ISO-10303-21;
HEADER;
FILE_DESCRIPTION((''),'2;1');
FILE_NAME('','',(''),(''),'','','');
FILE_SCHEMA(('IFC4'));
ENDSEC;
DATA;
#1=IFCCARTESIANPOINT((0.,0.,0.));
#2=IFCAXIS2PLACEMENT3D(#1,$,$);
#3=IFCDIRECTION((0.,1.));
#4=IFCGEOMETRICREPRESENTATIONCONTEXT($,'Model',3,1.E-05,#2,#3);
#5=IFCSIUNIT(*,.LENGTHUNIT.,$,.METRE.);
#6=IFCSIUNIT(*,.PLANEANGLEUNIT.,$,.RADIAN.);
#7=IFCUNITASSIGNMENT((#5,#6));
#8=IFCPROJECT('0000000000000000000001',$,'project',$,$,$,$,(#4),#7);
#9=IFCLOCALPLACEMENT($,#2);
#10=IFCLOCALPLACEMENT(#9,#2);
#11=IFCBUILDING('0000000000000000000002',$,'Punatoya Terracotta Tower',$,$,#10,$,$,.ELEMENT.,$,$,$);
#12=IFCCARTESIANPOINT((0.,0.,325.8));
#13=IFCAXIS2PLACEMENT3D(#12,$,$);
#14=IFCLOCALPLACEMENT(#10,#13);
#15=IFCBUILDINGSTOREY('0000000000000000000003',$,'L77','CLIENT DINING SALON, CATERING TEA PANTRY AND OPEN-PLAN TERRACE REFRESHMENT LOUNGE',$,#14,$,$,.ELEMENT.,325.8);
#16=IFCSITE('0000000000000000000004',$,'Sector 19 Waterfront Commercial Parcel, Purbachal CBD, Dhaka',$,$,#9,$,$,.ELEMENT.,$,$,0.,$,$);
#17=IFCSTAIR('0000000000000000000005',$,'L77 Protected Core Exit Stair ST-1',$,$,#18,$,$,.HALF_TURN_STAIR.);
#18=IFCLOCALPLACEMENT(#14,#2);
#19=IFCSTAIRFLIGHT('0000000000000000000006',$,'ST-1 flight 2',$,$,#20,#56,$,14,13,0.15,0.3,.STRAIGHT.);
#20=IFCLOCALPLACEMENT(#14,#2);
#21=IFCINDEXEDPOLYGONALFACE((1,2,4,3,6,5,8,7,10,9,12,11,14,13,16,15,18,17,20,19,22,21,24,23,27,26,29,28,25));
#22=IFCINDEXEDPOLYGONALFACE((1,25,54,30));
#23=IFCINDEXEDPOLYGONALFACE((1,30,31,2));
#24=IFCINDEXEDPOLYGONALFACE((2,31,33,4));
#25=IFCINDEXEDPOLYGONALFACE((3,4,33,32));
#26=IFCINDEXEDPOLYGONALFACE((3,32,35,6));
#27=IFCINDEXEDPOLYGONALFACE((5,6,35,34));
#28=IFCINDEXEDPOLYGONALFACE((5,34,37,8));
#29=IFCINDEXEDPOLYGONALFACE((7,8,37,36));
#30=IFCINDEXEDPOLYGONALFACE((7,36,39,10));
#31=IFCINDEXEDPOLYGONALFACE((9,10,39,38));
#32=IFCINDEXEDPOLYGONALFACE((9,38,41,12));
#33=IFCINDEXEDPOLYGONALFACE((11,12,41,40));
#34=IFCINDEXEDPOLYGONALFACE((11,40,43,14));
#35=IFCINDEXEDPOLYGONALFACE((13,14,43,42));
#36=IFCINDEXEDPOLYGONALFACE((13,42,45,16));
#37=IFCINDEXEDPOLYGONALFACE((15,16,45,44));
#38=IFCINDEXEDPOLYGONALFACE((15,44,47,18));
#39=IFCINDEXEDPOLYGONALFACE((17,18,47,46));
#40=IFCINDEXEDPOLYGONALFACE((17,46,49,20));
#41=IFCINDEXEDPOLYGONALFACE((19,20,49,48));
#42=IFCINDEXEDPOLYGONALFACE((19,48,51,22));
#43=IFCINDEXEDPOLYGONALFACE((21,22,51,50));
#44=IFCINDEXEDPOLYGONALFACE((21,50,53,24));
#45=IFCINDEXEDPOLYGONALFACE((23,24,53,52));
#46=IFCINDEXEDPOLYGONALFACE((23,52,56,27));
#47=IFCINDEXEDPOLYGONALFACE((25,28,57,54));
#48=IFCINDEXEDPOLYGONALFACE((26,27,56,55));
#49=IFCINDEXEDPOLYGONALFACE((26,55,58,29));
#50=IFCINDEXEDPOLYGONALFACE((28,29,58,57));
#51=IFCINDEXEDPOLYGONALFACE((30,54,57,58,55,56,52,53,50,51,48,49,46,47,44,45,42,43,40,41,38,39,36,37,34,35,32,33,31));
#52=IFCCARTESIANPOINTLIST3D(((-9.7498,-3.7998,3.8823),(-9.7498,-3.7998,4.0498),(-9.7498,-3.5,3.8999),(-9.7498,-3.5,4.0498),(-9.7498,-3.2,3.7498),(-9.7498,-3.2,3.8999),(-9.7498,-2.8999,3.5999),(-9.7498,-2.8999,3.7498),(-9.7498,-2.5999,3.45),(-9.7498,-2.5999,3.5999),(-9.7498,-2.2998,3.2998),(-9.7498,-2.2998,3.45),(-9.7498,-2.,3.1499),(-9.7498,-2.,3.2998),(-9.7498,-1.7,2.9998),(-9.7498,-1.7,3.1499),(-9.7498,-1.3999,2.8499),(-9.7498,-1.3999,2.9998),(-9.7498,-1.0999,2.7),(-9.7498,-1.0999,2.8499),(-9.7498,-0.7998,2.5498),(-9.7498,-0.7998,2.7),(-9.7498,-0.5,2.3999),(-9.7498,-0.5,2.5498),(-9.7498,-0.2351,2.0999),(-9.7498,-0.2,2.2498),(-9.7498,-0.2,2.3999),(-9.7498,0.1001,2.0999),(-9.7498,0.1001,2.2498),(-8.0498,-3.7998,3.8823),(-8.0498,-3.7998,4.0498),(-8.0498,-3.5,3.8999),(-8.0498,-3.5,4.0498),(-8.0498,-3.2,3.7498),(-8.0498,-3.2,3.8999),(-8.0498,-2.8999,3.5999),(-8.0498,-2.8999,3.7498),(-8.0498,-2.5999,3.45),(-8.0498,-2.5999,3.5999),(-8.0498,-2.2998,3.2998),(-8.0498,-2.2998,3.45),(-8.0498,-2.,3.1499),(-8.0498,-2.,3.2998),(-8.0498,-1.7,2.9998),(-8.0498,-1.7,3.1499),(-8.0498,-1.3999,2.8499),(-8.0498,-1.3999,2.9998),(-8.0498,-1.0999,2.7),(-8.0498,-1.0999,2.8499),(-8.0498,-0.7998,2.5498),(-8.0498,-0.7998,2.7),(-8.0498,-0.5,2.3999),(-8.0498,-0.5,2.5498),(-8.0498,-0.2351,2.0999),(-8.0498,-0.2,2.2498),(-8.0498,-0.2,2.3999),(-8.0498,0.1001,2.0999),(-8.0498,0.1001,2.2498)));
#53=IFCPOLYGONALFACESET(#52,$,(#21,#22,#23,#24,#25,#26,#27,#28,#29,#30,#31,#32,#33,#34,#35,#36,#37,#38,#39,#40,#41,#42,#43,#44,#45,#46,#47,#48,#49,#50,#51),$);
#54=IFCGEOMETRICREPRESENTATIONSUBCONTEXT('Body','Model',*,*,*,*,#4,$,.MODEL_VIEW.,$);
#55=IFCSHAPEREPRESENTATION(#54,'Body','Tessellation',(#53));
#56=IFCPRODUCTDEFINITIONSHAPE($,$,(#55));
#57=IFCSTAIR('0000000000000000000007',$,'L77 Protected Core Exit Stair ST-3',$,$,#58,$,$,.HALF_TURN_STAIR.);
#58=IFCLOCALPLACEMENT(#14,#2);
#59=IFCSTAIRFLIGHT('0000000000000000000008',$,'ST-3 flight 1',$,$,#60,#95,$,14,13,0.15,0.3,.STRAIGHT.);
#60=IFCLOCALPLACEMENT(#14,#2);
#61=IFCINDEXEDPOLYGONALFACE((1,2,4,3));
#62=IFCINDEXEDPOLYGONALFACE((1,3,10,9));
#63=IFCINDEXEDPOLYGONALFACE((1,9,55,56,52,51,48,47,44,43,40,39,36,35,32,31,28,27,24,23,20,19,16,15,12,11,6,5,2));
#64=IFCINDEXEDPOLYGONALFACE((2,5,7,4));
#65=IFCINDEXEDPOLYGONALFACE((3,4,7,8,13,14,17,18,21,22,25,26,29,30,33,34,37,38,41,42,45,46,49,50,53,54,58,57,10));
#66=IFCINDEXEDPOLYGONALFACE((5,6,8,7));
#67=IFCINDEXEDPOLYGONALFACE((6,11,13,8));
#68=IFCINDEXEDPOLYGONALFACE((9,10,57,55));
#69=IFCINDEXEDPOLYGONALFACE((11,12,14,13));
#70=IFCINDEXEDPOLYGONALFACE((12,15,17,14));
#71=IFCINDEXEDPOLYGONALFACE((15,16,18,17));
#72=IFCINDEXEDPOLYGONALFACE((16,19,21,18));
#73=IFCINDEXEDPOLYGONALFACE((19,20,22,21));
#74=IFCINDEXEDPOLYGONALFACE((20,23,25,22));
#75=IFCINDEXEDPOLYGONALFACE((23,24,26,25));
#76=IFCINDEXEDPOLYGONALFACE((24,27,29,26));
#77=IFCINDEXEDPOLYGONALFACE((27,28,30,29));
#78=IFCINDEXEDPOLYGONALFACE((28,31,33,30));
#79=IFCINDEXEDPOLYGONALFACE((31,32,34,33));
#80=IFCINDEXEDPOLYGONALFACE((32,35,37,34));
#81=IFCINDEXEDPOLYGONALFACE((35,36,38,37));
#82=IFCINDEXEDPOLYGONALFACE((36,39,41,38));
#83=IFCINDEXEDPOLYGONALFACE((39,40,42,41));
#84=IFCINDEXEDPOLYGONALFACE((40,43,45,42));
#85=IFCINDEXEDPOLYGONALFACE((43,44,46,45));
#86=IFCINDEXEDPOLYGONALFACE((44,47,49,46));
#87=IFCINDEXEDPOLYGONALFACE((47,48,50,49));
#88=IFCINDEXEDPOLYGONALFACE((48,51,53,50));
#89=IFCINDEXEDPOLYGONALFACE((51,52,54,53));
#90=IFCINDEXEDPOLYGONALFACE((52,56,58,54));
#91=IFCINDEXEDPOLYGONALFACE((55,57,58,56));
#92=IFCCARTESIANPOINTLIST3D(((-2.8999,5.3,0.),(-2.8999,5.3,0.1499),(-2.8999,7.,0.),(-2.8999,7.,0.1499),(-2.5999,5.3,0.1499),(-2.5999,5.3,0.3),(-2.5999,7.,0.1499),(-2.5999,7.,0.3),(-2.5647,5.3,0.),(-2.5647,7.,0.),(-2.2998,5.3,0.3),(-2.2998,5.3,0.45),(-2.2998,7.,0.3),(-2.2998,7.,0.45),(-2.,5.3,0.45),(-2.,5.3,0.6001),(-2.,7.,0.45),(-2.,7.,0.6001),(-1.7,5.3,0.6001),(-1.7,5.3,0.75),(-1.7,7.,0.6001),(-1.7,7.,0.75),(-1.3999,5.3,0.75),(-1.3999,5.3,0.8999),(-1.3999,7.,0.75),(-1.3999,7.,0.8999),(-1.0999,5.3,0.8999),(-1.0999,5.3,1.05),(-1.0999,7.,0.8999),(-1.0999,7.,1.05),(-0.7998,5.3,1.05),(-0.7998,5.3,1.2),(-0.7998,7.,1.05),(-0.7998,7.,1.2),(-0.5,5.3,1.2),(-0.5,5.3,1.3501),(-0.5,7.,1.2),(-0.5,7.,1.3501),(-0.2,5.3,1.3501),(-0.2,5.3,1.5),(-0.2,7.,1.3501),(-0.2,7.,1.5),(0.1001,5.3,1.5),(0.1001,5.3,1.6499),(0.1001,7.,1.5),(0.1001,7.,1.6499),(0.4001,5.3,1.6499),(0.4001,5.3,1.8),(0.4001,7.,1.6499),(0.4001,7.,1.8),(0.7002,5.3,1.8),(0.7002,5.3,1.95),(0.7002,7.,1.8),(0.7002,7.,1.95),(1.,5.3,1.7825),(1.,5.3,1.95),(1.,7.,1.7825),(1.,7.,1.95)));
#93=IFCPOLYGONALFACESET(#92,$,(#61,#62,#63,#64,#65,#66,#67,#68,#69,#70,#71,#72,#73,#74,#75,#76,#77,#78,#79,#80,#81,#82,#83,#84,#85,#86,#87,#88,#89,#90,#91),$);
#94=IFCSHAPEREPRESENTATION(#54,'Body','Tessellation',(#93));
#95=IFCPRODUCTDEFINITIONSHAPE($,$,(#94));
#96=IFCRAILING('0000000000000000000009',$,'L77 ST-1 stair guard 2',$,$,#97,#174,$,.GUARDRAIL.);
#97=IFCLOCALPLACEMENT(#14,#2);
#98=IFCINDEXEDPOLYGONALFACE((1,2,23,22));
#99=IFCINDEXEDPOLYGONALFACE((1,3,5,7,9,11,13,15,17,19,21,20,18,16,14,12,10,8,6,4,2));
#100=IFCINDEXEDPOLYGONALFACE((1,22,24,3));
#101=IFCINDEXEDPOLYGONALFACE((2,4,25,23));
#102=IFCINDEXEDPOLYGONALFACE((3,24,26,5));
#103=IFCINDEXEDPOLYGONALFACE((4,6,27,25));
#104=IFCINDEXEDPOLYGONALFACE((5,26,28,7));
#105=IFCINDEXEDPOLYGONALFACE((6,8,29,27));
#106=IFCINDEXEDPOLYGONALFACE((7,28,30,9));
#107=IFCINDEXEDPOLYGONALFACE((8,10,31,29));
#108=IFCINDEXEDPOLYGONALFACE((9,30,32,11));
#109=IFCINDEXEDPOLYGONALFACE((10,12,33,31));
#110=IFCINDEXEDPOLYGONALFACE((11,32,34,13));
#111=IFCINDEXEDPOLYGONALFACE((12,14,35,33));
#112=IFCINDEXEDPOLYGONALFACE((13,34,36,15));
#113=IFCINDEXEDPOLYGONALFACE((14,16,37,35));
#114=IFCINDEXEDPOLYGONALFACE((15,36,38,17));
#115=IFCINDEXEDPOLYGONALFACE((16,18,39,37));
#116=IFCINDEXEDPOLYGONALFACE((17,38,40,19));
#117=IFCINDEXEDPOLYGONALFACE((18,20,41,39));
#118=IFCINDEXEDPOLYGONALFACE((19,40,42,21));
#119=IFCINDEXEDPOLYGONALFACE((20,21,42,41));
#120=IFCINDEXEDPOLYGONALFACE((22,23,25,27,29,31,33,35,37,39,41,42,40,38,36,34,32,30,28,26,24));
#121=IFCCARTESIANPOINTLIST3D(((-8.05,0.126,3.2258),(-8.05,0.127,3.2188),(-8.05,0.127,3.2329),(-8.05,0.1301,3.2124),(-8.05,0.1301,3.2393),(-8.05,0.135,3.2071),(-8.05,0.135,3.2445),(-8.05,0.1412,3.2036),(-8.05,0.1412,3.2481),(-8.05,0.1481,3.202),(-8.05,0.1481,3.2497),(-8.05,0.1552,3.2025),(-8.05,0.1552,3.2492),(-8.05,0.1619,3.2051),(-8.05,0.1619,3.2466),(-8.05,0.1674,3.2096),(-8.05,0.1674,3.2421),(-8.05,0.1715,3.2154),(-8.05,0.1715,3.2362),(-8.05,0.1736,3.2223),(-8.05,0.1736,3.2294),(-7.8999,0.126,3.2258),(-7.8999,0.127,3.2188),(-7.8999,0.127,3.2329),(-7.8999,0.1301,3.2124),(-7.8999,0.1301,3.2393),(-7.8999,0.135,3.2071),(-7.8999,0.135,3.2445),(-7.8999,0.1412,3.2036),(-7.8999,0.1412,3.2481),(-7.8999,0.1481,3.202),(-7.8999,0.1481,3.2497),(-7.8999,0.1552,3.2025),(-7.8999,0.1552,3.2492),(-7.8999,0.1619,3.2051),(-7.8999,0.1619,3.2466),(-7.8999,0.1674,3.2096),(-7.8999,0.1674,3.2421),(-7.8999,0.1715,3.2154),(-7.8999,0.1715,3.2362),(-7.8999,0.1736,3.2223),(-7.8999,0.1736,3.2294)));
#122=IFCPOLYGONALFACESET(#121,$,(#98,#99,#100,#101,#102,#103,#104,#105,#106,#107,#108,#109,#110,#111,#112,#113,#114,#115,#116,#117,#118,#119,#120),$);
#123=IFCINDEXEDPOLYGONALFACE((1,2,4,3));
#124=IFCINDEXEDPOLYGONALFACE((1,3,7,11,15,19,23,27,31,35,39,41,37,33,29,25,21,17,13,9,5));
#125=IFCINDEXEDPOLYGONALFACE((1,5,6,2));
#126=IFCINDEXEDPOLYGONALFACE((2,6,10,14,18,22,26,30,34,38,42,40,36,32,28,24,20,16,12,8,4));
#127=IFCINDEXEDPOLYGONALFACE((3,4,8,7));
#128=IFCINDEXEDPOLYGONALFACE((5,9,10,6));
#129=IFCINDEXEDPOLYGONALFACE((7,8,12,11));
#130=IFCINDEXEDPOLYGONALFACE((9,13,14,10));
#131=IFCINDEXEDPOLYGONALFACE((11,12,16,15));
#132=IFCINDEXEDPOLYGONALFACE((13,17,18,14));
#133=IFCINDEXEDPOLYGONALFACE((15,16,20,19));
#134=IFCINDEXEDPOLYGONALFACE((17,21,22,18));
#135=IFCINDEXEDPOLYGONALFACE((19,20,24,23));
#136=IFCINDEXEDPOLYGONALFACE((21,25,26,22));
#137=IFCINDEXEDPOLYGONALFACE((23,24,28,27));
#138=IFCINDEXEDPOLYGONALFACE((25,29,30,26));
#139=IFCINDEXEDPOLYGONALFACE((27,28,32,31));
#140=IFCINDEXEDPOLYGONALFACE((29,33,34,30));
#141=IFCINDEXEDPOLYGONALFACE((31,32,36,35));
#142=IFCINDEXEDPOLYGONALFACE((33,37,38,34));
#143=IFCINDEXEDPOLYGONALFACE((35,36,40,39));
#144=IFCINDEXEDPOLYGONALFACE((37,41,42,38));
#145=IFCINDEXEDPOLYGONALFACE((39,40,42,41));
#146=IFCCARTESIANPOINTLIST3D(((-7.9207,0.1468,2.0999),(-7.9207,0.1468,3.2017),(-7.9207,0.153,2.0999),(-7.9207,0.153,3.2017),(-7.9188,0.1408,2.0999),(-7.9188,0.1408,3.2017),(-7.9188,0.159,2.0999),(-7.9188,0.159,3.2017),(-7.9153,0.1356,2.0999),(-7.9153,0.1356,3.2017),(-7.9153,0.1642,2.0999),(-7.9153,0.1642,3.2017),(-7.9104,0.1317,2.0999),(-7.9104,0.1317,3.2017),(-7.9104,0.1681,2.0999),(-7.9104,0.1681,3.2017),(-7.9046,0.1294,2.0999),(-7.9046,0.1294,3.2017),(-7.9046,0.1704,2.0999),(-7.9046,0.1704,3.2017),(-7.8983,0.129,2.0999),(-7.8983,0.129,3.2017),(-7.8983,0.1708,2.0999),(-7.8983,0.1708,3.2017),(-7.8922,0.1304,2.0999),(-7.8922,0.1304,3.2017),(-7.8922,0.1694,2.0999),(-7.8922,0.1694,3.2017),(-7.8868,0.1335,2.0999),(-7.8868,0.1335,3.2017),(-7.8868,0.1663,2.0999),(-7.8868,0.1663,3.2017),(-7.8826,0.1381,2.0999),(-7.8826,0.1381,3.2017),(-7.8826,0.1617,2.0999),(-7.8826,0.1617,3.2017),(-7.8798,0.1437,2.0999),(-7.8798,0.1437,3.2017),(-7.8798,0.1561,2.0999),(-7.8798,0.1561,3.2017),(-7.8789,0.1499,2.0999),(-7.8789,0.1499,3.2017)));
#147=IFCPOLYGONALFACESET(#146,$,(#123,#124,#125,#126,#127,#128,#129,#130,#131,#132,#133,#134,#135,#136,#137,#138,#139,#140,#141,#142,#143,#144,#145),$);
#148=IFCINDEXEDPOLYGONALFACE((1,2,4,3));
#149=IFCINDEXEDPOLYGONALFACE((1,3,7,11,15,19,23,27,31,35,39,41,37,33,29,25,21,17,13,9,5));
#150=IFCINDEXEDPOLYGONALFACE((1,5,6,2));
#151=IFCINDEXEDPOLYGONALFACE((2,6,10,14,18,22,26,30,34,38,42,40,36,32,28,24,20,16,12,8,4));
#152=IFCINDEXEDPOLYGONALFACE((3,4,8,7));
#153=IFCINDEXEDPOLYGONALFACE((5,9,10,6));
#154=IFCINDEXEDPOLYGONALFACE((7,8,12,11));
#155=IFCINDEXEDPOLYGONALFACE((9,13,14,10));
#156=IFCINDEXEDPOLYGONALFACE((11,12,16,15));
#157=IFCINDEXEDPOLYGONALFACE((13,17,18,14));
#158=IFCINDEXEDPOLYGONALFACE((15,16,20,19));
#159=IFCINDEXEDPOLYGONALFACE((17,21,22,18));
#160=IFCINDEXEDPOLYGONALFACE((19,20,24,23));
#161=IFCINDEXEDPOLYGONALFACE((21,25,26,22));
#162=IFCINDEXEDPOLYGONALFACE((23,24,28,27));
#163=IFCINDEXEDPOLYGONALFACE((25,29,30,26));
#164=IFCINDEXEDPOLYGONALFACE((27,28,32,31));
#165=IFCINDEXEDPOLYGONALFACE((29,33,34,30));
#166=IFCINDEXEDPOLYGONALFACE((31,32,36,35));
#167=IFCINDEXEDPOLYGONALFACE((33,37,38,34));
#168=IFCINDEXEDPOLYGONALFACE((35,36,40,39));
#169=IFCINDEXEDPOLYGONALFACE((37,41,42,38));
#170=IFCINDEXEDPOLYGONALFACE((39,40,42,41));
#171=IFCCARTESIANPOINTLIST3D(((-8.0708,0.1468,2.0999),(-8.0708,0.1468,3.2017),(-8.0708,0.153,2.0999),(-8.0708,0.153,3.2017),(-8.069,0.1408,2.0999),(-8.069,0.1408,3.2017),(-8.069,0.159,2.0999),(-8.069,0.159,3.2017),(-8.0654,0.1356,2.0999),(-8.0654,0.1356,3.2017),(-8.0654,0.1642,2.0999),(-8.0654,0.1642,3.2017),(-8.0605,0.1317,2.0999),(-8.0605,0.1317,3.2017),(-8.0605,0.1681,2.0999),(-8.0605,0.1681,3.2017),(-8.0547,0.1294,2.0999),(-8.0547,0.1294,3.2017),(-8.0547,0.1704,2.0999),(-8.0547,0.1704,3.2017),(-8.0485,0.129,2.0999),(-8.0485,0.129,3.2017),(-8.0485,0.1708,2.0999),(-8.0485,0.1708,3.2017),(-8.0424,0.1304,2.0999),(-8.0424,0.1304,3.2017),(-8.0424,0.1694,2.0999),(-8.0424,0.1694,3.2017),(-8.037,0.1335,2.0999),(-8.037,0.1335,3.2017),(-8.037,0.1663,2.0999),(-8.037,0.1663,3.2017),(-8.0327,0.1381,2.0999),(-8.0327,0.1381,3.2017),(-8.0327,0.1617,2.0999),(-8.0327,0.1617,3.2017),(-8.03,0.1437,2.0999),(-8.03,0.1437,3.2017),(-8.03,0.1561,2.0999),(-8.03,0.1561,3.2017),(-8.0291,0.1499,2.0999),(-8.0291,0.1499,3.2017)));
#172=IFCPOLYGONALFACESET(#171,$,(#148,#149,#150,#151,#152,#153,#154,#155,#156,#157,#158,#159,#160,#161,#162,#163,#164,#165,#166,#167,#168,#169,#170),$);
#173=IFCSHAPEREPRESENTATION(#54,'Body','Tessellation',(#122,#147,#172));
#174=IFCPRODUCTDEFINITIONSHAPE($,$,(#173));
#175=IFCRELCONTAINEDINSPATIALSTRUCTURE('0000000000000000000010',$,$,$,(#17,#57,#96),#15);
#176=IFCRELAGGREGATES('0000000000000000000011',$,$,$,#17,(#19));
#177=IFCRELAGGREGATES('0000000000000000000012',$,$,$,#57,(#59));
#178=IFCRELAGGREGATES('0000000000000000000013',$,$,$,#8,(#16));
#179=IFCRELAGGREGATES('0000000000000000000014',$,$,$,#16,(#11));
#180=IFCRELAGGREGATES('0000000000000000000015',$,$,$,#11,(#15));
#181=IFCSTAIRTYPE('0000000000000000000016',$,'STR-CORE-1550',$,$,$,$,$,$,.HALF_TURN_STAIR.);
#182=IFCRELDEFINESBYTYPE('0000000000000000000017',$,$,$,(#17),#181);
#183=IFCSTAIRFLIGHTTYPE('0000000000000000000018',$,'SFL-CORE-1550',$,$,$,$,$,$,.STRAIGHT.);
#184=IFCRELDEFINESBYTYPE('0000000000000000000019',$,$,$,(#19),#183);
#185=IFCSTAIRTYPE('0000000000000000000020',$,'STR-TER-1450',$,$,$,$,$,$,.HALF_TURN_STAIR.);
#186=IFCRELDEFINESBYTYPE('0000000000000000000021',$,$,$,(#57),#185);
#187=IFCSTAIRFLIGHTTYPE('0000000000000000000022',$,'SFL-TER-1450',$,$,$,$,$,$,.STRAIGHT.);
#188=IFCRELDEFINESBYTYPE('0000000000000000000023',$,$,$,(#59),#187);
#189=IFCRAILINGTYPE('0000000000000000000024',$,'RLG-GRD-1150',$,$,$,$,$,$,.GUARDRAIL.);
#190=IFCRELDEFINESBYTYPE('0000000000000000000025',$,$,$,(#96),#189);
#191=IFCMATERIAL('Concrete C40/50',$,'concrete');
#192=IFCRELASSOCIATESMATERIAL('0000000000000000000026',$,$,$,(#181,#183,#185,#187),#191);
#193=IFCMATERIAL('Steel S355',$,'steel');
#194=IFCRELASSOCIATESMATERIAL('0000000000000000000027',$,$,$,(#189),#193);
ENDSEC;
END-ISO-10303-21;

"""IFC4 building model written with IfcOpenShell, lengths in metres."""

from ifc_helpers import new_model, si_unit, direction, frame, origin, origin_2d, place, context, subcontext, project, spatial, polyline, circle, outline, extrude, material, type_object, element, aggregate, save


model = new_model("IFC4")

# Units and contexts
model_context = context("Model", 3, precision=1e-05, world=origin(), true_north=direction((0.0, 1.0)))
body_context = subcontext(model_context, "Body", "Model", "MODEL_VIEW")
ifc_project = project(units=[si_unit("LENGTHUNIT", "METRE"), si_unit("PLANEANGLEUNIT", "RADIAN")], contexts=[model_context])

# Site, building, storey
site_placement = place(None, origin())
site = spatial("IfcSite", under=ifc_project, at=site_placement, Name="Sector 19 Waterfront Commercial Parcel, Purbachal CBD, Dhaka", CompositionType="ELEMENT", RefElevation=0.0)
building_placement = place(site_placement, origin())
building = spatial("IfcBuilding", under=site, at=building_placement, Name="Punatoya Terracotta Tower", CompositionType="ELEMENT")
storey_placement = place(building_placement, frame((0.0, 0.0, 325.8)))
storey = spatial("IfcBuildingStorey", under=building, at=storey_placement, Name="L77", Description="CLIENT DINING SALON, CATERING TEA PANTRY AND OPEN-PLAN TERRACE REFRESHMENT LOUNGE", CompositionType="ELEMENT", Elevation=325.8)

# Shared definitions
ifc_material_1 = material(Name="Steel S355", Category="steel")

# Shared definitions
ifc_material_2 = material(Name="Concrete C40/50", Category="concrete")

# Stairs, stair flights
stair_type_1 = type_object("IfcStairType", Name="STR-CORE-1550", PredefinedType="HALF_TURN_STAIR", material=ifc_material_2)
stair_1_placement = place(storey_placement, origin())
stair_1 = element("IfcStair", 1, at=stair_1_placement, inside=storey, type_object=stair_type_1, Name="L77 Protected Core Exit Stair ST-1", PredefinedType="HALF_TURN_STAIR")
stair_flight_type_1 = type_object("IfcStairFlightType", Name="SFL-CORE-1550", PredefinedType="STRAIGHT", material=ifc_material_2)
stair_flight_1_placement = place(storey_placement, frame((-8.8999, 0.1001, 2.0999), z_axis=(0.0, 0.0, 1.0), x_axis=(0.0, -1.0, 0.0)))
stair_flight_1 = element("IfcStairFlight", 2, at=stair_flight_1_placement, type_object=stair_flight_type_1, Name="ST-1 flight 2", NumberOfRisers=14, NumberOfTreads=13, PredefinedType="STRAIGHT", RiserHeight=0.15, TreadLength=0.3, context=body_context, shape_type="SweptSolid", body=[
    extrude(outline(polyline([(0.0, 0.0), (0.0, 0.1499), (0.3, 0.1499), (0.3, 0.3), (0.6001, 0.3), (0.6001, 0.45), (0.8999, 0.45), (0.8999, 0.6001), (1.2, 0.6001), (1.2, 0.75), (1.5, 0.75), (1.5, 0.8999), (1.8, 0.8999), (1.8, 1.05), (2.1001, 1.05), (2.1001, 1.2), (2.3999, 1.2), (2.3999, 1.3501), (2.7, 1.3501), (2.7, 1.5), (3.0, 1.5), (3.0, 1.6499), (3.3, 1.6499), (3.3, 1.8), (3.6001, 1.8), (3.6001, 1.95), (3.8999, 1.95), (3.8999, 2.1001), (3.8999, 1.7825), (0.3352, 0.0), (0.0, 0.0)])), frame((0.0, 0.8501, 0.0), z_axis=(0.0, -1.0, 0.0), x_axis=(1.0, 0.0, 0.0)), (0.0, 0.0, 1.0), 1.7),
])
aggregate(stair_1, [stair_flight_1])
stair_type_2 = type_object("IfcStairType", Name="STR-TER-1450", PredefinedType="HALF_TURN_STAIR", material=ifc_material_2)
stair_2_placement = place(storey_placement, origin())
stair_2 = element("IfcStair", 3, at=stair_2_placement, inside=storey, type_object=stair_type_2, Name="L77 Protected Core Exit Stair ST-3", PredefinedType="HALF_TURN_STAIR")
stair_flight_type_2 = type_object("IfcStairFlightType", Name="SFL-TER-1450", PredefinedType="STRAIGHT", material=ifc_material_2)
stair_flight_2_placement = place(storey_placement, frame((-2.8999, 6.1499, 0.0), z_axis=(0.0, 0.0, 1.0), x_axis=(1.0, 0.0, 0.0)))
stair_flight_2 = element("IfcStairFlight", 4, at=stair_flight_2_placement, type_object=stair_flight_type_2, Name="ST-3 flight 1", NumberOfRisers=14, NumberOfTreads=13, PredefinedType="STRAIGHT", RiserHeight=0.15, TreadLength=0.3, context=body_context, shape_type="SweptSolid", body=[
    extrude(outline(polyline([(0.0, 0.0), (0.0, 0.1499), (0.3, 0.1499), (0.3, 0.3), (0.6001, 0.3), (0.6001, 0.45), (0.8999, 0.45), (0.8999, 0.6001), (1.2, 0.6001), (1.2, 0.75), (1.5, 0.75), (1.5, 0.8999), (1.8, 0.8999), (1.8, 1.05), (2.1001, 1.05), (2.1001, 1.2), (2.3999, 1.2), (2.3999, 1.3501), (2.7, 1.3501), (2.7, 1.5), (3.0, 1.5), (3.0, 1.6499), (3.3, 1.6499), (3.3, 1.8), (3.6001, 1.8), (3.6001, 1.95), (3.8999, 1.95), (3.8999, 2.1001), (3.8999, 1.7825), (0.3352, 0.0), (0.0, 0.0)])), frame((0.0, 0.8501, 0.0), z_axis=(0.0, -1.0, 0.0), x_axis=(1.0, 0.0, 0.0)), (0.0, 0.0, 1.0), 1.7),
])
aggregate(stair_2, [stair_flight_2])

# Railing
railing_type_1 = type_object("IfcRailingType", Name="RLG-GRD-1150", PredefinedType="GUARDRAIL", material=ifc_material_1)
railing_1_placement = place(storey_placement, frame((-7.8999, 0.1499, 2.0999)))
element("IfcRailing", 5, at=railing_1_placement, inside=storey, type_object=railing_type_1, Name="L77 ST-1 stair guard 2", PredefinedType="GUARDRAIL", context=body_context, shape_type="SweptSolid", body=[
    extrude(circle(Radius=0.0239, at=origin_2d()), frame((0.0, 0.0, 1.126), z_axis=(-1.0, 0.0, 0.0), x_axis=(0.0, -1.0, 0.0)), (0.0, 0.0, 1.0), 0.1501),
    extrude(circle(Radius=0.021, at=origin_2d()), origin(), (0.0, 0.0, 1.0), 1.1018),
    extrude(circle(Radius=0.021, at=origin_2d()), frame((-0.1501, 0.0, 0.0)), (0.0, 0.0, 1.0), 1.1018),
])

save(model, "model.ifc")
